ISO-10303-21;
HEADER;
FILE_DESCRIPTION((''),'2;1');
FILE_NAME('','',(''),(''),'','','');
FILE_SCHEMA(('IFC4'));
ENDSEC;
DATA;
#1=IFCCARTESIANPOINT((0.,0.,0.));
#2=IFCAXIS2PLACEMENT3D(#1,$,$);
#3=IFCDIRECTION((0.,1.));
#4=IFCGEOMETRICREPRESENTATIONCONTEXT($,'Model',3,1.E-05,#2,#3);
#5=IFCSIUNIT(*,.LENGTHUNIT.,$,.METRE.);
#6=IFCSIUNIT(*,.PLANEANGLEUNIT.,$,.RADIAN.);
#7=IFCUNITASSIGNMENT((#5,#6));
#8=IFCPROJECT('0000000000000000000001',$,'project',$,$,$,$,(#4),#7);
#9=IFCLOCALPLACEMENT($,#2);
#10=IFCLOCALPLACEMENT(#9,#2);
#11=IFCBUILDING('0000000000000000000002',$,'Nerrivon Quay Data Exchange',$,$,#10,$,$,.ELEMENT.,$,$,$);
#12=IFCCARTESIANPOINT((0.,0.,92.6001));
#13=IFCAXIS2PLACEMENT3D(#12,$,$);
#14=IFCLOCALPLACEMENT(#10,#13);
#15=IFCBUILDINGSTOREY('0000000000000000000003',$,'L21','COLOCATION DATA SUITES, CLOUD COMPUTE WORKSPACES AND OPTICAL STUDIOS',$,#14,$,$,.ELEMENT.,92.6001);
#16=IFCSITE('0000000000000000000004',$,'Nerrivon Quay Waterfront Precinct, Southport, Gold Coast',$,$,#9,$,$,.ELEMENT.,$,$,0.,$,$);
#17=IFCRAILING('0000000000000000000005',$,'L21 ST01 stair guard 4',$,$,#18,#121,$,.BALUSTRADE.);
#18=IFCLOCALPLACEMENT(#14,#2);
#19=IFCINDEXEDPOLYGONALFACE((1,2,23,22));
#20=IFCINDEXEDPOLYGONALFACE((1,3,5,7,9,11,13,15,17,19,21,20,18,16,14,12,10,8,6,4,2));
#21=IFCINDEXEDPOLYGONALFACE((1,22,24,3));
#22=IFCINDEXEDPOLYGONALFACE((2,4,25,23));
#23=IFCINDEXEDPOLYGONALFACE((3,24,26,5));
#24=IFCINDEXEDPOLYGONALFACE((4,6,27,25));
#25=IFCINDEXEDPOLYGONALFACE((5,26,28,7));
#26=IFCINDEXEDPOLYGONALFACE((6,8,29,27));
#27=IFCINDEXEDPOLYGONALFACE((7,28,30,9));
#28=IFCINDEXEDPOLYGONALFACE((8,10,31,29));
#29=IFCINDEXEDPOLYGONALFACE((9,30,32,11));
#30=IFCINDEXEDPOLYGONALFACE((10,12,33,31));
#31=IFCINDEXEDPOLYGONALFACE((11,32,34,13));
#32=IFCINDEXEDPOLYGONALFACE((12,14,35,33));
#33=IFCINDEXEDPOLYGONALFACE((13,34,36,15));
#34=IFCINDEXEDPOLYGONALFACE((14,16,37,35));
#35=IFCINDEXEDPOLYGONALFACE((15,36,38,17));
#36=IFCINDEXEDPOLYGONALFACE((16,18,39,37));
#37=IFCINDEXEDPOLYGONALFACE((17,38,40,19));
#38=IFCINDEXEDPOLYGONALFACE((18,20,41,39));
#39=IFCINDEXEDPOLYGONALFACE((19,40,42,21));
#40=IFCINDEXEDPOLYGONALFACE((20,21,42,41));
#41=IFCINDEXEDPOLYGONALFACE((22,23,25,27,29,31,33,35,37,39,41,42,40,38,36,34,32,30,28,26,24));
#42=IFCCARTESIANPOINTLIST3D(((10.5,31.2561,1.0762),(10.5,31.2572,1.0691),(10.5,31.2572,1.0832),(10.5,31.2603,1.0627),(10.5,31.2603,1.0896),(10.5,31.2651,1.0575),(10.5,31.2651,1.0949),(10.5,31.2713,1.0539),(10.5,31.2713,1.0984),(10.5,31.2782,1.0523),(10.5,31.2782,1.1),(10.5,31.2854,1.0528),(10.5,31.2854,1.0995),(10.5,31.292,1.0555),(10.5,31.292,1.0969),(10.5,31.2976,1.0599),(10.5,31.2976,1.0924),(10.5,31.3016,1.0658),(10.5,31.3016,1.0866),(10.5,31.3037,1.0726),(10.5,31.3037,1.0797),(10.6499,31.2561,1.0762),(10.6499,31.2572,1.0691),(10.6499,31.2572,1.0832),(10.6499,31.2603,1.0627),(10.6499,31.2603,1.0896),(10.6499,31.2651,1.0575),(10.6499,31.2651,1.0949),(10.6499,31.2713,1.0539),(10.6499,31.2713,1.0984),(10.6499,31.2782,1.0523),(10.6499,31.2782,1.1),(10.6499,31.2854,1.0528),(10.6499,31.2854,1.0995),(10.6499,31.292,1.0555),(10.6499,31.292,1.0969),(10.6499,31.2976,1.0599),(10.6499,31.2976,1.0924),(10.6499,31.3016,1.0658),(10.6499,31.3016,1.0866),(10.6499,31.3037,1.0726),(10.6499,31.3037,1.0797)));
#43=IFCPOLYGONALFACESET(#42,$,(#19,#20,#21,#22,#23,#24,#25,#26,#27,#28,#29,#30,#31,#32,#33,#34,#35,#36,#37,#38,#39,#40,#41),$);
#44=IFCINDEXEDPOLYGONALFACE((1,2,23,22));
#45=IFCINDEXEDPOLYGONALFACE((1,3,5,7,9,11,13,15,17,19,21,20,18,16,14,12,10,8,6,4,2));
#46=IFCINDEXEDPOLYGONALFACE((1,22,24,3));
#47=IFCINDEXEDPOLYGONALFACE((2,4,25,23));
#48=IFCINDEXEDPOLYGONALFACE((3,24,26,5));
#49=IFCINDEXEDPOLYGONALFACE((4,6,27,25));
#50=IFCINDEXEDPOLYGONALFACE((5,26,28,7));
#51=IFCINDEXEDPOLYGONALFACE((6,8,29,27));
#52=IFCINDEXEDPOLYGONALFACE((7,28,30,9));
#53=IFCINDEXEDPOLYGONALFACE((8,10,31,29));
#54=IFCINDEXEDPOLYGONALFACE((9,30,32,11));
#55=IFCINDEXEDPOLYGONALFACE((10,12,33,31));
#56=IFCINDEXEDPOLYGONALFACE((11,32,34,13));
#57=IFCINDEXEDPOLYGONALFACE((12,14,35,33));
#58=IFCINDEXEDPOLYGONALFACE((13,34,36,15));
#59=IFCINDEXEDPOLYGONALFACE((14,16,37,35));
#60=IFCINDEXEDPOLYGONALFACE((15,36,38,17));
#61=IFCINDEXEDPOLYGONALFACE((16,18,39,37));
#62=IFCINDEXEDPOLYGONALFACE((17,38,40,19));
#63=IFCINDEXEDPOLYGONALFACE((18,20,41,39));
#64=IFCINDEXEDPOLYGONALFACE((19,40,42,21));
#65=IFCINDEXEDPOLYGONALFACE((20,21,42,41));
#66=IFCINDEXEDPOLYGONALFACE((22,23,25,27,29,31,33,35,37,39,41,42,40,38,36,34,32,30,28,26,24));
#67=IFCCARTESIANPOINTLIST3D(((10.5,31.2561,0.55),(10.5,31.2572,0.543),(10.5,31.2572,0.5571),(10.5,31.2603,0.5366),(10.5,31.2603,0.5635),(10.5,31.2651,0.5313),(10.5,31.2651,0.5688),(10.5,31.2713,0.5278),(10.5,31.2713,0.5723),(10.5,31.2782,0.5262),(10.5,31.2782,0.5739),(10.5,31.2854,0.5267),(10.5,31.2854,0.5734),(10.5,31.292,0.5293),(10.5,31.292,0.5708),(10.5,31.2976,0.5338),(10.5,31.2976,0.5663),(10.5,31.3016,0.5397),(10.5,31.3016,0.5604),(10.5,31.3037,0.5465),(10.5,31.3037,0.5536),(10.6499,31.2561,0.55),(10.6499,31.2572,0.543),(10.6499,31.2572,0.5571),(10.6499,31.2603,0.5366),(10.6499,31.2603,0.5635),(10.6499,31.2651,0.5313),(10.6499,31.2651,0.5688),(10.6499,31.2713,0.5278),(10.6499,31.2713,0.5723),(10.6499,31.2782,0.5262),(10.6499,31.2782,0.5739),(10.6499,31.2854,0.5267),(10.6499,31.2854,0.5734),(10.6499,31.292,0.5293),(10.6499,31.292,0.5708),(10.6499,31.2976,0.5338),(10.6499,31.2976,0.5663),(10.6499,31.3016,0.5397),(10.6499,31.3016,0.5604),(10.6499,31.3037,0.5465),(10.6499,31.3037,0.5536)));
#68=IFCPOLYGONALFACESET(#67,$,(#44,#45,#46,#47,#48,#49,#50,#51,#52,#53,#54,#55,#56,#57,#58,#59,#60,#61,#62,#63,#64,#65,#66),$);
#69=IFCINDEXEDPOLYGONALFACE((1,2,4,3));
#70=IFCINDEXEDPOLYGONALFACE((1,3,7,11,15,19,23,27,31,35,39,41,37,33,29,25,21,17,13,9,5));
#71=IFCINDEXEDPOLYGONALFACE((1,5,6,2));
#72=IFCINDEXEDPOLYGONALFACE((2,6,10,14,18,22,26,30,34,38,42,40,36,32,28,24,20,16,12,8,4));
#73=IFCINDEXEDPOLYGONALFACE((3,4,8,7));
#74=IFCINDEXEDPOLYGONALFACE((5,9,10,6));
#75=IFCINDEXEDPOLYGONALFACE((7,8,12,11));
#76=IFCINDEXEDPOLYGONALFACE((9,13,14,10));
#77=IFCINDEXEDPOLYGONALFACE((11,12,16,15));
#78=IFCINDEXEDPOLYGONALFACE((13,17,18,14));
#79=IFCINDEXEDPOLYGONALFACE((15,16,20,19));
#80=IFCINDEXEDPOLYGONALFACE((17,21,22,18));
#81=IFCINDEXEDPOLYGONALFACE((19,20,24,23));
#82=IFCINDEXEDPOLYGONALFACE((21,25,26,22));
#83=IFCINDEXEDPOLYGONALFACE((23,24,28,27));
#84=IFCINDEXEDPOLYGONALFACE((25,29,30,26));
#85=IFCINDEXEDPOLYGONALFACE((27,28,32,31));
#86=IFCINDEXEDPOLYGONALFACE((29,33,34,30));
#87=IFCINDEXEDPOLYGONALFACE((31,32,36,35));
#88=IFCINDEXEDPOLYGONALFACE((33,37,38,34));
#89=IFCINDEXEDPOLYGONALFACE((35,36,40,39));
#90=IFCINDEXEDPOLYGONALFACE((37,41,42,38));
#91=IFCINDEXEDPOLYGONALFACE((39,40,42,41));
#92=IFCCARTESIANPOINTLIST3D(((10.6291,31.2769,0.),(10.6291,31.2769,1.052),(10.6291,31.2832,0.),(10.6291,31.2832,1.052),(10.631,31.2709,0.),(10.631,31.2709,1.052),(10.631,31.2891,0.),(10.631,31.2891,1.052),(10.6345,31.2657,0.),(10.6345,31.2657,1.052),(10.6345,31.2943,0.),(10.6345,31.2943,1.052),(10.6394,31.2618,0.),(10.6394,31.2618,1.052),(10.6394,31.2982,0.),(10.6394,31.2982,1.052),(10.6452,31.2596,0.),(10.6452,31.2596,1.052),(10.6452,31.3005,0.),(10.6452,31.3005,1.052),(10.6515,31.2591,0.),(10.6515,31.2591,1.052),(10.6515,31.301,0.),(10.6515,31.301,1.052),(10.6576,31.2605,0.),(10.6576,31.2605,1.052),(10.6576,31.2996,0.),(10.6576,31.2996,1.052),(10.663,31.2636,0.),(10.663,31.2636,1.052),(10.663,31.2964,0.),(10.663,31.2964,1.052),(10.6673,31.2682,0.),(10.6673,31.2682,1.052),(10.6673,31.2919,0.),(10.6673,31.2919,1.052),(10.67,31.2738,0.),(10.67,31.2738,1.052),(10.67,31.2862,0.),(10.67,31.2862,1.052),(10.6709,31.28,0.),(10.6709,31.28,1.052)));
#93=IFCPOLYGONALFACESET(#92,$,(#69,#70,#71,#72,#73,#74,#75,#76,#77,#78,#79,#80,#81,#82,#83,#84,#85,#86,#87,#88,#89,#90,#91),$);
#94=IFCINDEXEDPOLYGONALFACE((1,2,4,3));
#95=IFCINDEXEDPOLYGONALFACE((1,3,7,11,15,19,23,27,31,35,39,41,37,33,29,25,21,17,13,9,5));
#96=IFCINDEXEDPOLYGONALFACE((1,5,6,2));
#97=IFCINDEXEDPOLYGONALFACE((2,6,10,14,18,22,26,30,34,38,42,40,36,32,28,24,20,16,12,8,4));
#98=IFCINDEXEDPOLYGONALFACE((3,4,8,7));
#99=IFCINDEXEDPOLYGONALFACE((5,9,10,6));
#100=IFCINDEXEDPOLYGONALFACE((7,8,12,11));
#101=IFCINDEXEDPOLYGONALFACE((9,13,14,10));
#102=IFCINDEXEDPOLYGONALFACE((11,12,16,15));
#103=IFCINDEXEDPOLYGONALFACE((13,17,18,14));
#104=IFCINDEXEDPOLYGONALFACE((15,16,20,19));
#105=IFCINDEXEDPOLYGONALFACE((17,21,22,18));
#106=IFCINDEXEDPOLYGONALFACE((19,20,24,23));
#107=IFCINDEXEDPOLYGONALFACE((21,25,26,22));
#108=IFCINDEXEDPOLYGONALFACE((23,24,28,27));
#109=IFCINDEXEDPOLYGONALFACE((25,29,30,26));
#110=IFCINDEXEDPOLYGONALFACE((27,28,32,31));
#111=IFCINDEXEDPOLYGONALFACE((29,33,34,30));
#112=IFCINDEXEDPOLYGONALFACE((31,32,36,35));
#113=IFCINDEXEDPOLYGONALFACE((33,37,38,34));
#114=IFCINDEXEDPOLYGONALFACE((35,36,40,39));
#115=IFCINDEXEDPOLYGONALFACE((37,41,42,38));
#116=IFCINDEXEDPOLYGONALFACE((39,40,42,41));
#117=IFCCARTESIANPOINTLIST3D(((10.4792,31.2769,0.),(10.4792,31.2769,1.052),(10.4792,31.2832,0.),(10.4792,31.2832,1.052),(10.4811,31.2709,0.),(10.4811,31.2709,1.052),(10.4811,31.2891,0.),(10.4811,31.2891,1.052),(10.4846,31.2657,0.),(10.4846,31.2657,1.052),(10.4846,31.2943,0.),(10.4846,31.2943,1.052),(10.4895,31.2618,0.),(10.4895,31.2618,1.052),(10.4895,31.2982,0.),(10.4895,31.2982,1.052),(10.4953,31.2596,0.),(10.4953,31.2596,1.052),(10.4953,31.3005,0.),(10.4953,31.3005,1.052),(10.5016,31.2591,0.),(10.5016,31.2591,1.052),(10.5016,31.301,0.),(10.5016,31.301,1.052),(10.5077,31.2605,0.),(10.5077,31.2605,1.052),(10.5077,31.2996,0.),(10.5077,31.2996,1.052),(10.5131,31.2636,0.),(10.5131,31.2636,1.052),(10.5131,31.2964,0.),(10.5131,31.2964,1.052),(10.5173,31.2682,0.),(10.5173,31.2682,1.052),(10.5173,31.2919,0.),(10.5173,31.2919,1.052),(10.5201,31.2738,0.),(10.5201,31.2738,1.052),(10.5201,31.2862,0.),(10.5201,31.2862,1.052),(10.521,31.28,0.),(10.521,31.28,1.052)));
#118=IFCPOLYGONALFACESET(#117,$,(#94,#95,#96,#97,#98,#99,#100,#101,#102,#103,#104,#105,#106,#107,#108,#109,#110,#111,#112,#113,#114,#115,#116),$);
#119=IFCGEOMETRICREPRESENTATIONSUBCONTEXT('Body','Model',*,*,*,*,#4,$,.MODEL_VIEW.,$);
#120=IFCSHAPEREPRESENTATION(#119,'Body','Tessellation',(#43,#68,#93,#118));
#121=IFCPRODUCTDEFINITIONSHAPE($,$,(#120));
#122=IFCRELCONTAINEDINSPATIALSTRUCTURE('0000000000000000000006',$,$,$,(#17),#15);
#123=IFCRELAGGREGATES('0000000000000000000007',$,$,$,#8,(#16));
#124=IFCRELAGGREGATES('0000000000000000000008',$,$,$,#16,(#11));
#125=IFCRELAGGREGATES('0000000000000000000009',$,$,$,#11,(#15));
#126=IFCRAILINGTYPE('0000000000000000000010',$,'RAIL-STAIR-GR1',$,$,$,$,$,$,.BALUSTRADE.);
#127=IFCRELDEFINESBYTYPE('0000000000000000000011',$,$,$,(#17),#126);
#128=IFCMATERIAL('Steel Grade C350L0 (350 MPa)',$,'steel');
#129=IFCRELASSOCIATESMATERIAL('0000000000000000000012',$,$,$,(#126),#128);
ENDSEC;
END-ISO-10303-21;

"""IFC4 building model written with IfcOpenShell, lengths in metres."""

from ifc_helpers import new_model, si_unit, direction, frame, origin, origin_2d, place, context, subcontext, project, spatial, circle, extrude, material, type_object, element, save


model = new_model("IFC4")

# Units and contexts
model_context = context("Model", 3, precision=1e-05, world=origin(), true_north=direction((0.0, 1.0)))
body_context = subcontext(model_context, "Body", "Model", "MODEL_VIEW")
ifc_project = project(units=[si_unit("LENGTHUNIT", "METRE"), si_unit("PLANEANGLEUNIT", "RADIAN")], contexts=[model_context])

# Site, building, storey
site_placement = place(None, origin())
site = spatial("IfcSite", under=ifc_project, at=site_placement, Name="Nerrivon Quay Waterfront Precinct, Southport, Gold Coast", CompositionType="ELEMENT", RefElevation=0.0)
building_placement = place(site_placement, origin())
building = spatial("IfcBuilding", under=site, at=building_placement, Name="Nerrivon Quay Data Exchange", CompositionType="ELEMENT")
storey_placement = place(building_placement, frame((0.0, 0.0, 92.6001)))
storey = spatial("IfcBuildingStorey", under=building, at=storey_placement, Name="L21", Description="COLOCATION DATA SUITES, CLOUD COMPUTE WORKSPACES AND OPTICAL STUDIOS", CompositionType="ELEMENT", Elevation=92.6001)

# Railing
ifc_material_1 = material(Name="Steel Grade C350L0 (350 MPa)", Category="steel")
railing_type_1 = type_object("IfcRailingType", Name="RAIL-STAIR-GR1", PredefinedType="BALUSTRADE", material=ifc_material_1)
railing_1_placement = place(storey_placement, frame((10.6499, 31.28, 0.0)))
element("IfcRailing", 1, at=railing_1_placement, inside=storey, type_object=railing_type_1, Name="L21 ST01 stair guard 4", PredefinedType="BALUSTRADE", context=body_context, shape_type="SweptSolid", body=[
    extrude(circle(Radius=0.0239, at=origin_2d()), frame((0.0, 0.0, 1.0762), z_axis=(-1.0, 0.0, 0.0), x_axis=(0.0, -1.0, 0.0)), (0.0, 0.0, 1.0), 0.1499),
    extrude(circle(Radius=0.0239, at=origin_2d()), frame((0.0, 0.0, 0.55), z_axis=(-1.0, 0.0, 0.0), x_axis=(0.0, -1.0, 0.0)), (0.0, 0.0, 1.0), 0.1499),
    extrude(circle(Radius=0.021, at=origin_2d()), origin(), (0.0, 0.0, 1.0), 1.052),
    extrude(circle(Radius=0.021, at=origin_2d()), frame((-0.1499, 0.0, 0.0)), (0.0, 0.0, 1.0), 1.052),
])

save(model, "model.ifc")
